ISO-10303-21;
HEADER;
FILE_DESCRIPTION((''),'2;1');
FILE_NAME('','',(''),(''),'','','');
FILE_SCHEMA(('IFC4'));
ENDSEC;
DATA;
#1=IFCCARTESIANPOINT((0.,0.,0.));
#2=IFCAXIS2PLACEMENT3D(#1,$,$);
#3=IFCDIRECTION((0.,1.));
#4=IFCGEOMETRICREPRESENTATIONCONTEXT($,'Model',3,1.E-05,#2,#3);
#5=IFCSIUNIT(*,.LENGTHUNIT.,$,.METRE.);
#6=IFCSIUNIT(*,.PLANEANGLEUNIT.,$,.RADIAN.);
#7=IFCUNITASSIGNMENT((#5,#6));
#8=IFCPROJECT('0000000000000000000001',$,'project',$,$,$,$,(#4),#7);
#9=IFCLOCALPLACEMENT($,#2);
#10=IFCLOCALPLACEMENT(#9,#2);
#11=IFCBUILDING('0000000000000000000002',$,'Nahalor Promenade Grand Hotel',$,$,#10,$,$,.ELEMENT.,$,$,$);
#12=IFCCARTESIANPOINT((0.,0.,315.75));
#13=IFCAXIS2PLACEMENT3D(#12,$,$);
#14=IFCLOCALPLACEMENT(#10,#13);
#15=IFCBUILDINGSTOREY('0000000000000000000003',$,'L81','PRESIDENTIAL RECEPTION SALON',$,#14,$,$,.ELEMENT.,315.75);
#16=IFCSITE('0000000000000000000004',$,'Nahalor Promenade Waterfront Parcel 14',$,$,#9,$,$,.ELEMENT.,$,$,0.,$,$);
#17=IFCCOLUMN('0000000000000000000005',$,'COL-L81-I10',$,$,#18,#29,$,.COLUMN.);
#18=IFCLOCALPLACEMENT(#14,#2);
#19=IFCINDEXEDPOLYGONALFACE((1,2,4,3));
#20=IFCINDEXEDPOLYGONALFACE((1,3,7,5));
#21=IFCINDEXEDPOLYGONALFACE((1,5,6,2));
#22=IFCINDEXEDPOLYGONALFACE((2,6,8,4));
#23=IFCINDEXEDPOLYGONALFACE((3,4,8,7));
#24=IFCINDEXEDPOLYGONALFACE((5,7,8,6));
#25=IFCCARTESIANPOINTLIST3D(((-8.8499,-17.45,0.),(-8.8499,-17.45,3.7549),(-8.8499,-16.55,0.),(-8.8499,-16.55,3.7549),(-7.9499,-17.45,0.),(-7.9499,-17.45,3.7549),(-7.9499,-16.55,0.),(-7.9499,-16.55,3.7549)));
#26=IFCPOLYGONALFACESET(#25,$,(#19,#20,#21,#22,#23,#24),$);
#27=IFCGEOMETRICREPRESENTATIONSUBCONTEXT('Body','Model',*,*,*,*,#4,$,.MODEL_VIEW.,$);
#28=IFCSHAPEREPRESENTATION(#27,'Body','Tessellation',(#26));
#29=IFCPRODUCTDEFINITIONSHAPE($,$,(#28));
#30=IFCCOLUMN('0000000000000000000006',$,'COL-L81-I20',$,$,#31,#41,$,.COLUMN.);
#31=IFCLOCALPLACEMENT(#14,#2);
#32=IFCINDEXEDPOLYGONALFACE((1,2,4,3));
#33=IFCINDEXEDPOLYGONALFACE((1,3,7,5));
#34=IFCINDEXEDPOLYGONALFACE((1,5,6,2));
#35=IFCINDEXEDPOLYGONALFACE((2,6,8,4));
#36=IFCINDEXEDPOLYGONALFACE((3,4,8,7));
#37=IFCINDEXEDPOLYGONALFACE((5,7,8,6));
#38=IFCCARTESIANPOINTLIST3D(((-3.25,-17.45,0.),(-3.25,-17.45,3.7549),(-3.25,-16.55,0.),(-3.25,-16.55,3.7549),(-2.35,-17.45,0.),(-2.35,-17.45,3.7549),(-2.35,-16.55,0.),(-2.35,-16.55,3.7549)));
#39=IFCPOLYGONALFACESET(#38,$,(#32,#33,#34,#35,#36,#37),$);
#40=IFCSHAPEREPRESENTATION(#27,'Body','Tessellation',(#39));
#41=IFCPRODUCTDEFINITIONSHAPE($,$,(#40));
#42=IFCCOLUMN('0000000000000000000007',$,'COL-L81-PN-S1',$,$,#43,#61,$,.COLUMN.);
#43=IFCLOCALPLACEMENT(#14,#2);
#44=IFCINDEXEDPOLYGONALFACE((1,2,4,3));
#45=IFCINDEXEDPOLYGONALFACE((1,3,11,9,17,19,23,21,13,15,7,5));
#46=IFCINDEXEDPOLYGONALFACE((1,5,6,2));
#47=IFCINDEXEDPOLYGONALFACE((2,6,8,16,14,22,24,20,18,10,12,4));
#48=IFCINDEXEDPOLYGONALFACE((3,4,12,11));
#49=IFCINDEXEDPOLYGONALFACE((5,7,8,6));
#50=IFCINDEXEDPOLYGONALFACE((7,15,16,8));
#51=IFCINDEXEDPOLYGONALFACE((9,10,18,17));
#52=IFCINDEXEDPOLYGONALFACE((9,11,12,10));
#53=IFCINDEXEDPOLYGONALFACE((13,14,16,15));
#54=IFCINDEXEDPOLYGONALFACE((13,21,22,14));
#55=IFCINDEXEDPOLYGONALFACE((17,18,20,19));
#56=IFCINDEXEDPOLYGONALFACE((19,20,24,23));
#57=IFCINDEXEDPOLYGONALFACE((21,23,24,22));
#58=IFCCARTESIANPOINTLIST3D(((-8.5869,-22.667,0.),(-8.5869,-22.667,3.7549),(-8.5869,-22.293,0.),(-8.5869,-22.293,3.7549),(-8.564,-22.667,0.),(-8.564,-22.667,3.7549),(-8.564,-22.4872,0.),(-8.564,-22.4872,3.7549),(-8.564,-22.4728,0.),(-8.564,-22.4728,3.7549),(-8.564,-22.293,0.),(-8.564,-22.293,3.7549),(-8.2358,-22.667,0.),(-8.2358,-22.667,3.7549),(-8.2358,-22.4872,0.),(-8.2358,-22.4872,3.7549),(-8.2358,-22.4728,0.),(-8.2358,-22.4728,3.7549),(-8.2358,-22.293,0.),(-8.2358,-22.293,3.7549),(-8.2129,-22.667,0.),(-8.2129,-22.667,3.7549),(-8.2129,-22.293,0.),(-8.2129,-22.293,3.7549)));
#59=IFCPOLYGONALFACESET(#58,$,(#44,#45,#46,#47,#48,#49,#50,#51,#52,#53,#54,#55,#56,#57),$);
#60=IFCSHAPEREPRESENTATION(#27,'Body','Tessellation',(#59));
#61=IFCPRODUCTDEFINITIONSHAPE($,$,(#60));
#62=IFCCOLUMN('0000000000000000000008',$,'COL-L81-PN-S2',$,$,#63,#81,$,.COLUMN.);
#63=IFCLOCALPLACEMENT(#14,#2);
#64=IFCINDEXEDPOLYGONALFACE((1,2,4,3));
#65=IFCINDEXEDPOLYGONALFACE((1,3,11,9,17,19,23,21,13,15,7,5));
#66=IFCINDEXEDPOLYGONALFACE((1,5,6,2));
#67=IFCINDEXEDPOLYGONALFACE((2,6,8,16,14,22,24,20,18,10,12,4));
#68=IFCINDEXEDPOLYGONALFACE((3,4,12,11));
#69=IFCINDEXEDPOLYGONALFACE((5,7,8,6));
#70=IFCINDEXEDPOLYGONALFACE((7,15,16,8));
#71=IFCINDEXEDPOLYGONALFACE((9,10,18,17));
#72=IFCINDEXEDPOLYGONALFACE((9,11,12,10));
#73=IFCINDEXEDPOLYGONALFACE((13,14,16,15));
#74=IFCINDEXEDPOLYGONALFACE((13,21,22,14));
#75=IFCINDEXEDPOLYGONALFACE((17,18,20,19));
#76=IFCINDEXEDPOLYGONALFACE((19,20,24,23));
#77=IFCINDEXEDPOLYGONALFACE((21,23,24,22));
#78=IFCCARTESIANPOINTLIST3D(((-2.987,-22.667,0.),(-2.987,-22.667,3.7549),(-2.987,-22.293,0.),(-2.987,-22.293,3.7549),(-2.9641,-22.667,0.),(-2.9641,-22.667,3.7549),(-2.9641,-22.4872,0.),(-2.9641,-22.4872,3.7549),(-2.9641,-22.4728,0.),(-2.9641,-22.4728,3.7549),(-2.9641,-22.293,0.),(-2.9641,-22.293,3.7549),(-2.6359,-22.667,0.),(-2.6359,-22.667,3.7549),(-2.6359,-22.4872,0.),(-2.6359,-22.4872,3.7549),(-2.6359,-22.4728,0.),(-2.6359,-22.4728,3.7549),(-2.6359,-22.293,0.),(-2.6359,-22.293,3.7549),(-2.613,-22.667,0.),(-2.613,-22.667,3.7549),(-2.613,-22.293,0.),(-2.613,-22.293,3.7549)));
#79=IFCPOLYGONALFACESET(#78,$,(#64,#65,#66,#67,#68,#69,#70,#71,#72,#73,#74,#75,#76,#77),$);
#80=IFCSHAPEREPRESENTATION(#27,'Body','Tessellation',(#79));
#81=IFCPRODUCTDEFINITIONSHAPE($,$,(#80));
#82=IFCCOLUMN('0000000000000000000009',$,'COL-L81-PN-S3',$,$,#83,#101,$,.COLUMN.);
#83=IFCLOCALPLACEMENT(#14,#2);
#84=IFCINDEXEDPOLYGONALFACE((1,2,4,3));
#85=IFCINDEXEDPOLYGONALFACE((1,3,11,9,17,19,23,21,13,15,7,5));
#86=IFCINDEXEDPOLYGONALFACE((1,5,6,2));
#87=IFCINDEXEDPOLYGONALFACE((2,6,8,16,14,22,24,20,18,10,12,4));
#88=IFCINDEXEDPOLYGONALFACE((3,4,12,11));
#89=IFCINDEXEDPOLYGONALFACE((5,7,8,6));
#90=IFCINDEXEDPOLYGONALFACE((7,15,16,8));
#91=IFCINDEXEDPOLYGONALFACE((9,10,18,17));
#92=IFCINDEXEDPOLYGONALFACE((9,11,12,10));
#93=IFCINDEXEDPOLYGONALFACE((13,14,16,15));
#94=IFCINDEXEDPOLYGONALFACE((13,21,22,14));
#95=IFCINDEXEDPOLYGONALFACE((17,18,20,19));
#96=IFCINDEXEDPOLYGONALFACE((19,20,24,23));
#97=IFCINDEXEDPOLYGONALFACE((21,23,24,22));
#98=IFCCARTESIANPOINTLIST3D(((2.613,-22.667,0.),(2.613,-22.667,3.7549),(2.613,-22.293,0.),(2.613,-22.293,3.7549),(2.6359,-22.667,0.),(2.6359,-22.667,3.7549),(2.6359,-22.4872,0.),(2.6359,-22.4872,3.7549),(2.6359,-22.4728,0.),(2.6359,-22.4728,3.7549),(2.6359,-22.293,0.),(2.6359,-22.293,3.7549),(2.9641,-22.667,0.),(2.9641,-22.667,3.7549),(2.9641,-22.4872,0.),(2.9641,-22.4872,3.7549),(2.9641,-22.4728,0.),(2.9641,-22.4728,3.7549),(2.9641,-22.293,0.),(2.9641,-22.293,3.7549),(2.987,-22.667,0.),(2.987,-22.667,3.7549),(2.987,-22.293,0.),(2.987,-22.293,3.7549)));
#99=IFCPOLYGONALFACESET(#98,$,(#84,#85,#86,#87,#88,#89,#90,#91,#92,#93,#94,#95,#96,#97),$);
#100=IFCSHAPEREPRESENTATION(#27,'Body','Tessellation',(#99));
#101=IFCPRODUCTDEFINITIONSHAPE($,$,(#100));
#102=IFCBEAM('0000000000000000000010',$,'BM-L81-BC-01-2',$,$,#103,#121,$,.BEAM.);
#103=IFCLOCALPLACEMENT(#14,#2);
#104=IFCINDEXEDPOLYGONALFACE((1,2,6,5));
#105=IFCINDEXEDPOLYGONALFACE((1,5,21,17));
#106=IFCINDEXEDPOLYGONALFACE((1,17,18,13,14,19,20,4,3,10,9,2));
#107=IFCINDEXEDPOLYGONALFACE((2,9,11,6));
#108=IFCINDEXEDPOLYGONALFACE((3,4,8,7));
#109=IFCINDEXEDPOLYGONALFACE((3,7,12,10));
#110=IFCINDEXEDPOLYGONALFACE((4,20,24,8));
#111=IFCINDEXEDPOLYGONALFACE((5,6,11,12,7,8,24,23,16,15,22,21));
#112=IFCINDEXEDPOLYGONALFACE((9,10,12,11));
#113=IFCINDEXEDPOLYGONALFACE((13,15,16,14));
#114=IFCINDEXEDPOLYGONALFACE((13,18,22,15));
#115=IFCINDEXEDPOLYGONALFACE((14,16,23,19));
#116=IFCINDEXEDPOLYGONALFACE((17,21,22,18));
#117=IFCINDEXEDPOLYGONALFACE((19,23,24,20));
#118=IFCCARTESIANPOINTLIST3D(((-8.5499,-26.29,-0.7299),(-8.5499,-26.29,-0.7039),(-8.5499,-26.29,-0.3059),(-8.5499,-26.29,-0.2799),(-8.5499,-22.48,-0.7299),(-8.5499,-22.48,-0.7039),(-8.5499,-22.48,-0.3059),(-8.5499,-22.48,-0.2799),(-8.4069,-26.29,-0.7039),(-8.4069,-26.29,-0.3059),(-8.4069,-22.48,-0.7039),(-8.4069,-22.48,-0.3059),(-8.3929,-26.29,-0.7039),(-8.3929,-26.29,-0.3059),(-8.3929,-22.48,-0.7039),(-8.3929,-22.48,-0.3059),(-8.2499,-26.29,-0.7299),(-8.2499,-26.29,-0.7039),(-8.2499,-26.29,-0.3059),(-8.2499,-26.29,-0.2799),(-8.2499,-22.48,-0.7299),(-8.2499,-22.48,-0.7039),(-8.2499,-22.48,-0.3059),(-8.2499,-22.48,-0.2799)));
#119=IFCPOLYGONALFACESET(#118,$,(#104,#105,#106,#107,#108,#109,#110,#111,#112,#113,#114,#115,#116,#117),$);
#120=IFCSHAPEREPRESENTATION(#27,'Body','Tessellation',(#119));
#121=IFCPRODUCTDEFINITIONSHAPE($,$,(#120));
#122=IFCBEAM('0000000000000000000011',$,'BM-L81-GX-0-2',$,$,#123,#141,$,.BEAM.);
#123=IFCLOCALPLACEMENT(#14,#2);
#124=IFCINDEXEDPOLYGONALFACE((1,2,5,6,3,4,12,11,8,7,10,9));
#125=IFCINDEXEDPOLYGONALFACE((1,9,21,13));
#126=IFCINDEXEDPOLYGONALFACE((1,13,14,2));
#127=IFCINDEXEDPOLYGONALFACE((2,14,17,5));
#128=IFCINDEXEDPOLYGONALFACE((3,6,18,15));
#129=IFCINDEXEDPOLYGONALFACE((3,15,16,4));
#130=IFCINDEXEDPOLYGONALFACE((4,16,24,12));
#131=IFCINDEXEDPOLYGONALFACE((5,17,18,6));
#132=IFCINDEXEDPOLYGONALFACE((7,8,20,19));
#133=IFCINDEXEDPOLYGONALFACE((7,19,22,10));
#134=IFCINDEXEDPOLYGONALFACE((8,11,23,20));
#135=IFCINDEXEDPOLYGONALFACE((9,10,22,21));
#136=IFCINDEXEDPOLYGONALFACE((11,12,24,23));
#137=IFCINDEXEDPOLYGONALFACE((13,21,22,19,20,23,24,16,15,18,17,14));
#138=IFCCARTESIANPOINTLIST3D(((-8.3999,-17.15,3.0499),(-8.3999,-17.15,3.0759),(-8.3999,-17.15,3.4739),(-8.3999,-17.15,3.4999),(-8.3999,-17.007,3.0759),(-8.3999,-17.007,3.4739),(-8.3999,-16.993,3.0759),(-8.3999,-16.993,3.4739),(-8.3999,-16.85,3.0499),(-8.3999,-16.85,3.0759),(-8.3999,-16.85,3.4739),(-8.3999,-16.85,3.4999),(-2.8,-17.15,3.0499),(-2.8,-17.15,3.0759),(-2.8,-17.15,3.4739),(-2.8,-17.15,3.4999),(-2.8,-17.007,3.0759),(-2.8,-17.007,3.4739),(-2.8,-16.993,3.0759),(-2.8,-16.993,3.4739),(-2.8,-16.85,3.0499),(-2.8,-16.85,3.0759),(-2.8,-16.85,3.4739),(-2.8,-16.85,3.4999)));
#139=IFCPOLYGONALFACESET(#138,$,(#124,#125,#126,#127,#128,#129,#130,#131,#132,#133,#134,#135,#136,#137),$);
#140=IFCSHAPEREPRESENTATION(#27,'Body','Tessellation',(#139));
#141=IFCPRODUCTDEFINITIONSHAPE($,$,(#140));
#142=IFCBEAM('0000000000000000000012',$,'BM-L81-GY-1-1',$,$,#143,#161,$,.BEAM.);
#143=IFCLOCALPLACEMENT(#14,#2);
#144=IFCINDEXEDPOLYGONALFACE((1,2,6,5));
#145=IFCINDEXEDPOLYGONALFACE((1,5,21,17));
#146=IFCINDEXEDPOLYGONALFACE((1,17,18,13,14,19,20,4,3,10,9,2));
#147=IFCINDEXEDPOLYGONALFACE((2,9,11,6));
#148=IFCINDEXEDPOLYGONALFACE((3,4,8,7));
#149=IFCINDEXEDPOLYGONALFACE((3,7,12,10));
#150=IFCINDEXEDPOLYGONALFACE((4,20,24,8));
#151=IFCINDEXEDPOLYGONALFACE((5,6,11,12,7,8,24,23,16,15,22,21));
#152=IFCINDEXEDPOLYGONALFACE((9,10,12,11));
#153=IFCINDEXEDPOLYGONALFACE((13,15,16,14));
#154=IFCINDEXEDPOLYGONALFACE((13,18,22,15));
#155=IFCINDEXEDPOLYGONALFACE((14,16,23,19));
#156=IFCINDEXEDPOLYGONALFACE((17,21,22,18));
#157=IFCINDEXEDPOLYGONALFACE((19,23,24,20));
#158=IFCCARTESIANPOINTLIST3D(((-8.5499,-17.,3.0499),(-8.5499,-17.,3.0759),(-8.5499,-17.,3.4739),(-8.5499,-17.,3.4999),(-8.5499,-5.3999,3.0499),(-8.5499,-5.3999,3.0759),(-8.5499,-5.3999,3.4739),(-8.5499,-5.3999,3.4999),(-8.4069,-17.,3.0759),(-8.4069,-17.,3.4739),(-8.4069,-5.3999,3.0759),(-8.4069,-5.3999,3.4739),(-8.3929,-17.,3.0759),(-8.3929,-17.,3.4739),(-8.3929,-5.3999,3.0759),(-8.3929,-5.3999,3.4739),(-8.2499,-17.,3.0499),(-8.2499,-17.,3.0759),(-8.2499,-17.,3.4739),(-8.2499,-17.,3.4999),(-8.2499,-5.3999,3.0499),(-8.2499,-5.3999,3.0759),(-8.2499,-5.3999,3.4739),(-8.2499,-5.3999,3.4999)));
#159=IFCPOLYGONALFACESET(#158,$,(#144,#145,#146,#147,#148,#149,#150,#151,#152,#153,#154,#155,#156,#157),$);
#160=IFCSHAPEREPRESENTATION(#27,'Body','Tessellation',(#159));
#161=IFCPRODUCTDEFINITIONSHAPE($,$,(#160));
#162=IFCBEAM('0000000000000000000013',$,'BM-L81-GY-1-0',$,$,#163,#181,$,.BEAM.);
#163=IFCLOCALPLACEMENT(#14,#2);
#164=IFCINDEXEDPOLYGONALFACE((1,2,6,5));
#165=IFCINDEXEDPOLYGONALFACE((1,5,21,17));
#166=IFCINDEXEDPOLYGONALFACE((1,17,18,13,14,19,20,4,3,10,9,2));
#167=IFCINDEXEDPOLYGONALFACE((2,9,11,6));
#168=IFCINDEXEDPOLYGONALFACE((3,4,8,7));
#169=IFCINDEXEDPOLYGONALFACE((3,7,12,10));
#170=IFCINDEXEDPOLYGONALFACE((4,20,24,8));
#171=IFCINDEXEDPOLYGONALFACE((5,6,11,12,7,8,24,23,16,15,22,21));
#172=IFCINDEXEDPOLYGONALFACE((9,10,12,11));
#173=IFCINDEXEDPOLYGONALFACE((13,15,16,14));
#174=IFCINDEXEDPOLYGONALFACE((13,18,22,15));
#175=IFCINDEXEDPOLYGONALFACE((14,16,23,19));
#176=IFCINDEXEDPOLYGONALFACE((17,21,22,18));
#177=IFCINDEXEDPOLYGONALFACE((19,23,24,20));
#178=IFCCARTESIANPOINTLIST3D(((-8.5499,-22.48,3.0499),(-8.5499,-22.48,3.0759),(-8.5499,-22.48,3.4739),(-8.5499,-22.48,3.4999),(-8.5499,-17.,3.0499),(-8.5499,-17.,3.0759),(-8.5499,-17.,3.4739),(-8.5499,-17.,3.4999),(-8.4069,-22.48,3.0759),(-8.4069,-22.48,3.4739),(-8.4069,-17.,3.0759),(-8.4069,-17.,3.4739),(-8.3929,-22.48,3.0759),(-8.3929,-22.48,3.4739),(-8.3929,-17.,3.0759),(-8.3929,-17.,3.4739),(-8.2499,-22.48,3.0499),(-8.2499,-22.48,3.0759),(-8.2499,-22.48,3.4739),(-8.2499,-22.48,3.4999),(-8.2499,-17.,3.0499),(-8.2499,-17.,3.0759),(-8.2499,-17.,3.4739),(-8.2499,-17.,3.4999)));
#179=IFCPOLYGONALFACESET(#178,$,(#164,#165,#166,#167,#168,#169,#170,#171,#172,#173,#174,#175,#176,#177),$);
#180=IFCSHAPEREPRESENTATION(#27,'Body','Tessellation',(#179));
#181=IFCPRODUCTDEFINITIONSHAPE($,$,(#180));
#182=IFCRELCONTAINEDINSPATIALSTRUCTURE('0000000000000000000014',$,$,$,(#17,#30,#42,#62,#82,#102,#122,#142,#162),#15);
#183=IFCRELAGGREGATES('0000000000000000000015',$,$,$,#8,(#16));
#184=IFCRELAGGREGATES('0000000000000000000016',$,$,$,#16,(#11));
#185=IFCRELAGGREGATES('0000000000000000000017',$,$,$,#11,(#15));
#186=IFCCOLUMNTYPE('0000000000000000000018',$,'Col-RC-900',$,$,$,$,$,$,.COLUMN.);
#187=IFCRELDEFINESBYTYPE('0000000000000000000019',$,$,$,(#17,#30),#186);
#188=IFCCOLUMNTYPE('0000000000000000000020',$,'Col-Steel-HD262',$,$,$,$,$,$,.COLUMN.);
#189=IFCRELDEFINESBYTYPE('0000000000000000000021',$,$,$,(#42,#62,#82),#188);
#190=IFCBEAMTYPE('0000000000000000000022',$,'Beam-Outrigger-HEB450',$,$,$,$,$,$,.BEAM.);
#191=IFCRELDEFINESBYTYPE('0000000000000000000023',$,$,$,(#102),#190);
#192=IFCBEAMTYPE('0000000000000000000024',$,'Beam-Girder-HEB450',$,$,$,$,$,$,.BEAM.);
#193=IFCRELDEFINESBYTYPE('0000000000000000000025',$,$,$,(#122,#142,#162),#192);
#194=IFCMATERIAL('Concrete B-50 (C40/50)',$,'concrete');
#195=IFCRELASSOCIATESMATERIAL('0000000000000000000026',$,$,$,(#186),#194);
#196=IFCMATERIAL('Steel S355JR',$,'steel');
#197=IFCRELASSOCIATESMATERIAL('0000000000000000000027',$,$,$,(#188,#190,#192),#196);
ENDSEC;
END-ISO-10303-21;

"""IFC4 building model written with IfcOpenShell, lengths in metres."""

from ifc_helpers import new_model, si_unit, direction, frame, origin, origin_2d, place, context, subcontext, project, spatial, rectangle, i_section, extrude, source, transform, mapped, material, material_profile, profile_set, type_object, element, save


model = new_model("IFC4")

# Units and contexts
model_context = context("Model", 3, precision=1e-05, world=origin(), true_north=direction((0.0, 1.0)))
body_context = subcontext(model_context, "Body", "Model", "MODEL_VIEW")
ifc_project = project(units=[si_unit("LENGTHUNIT", "METRE"), si_unit("PLANEANGLEUNIT", "RADIAN")], contexts=[model_context])

# Site, building, storey
site_placement = place(None, origin())
site = spatial("IfcSite", under=ifc_project, at=site_placement, Name="Nahalor Promenade Waterfront Parcel 14", CompositionType="ELEMENT", RefElevation=0.0)
building_placement = place(site_placement, origin())
building = spatial("IfcBuilding", under=site, at=building_placement, Name="Nahalor Promenade Grand Hotel", CompositionType="ELEMENT")
storey_placement = place(building_placement, frame((0.0, 0.0, 315.75)))
storey = spatial("IfcBuildingStorey", under=building, at=storey_placement, Name="L81", Description="PRESIDENTIAL RECEPTION SALON", CompositionType="ELEMENT", Elevation=315.75)

# Columns
ifc_material_1 = material(Name="Concrete B-50 (C40/50)", Category="concrete")
ifc_material_profile_1 = material_profile(ifc_material_1, rectangle(XDim=0.9, YDim=0.9, at=origin_2d()), Name="RC 900x900")
ifc_profile_set_1 = profile_set([ifc_material_profile_1], Name="Concrete B-50 (C40/50)")
column_type_1 = type_object("IfcColumnType", Name="Col-RC-900", PredefinedType="COLUMN", material=ifc_profile_set_1)
shared_shape_1 = source(origin(), body_context, "Body", "SweptSolid", [
    extrude(rectangle(XDim=0.9, YDim=0.9, at=origin_2d()), origin(), (0.0, 0.0, 1.0), 3.7549),
])
for number, where, z_axis, x_axis, name in (
    (1, (-8.3999, -17.0, 0.0), (0.0, 0.0, 1.0), (1.0, 0.0, 0.0), "COL-L81-I10"),
    (2, (-2.8, -17.0, 0.0), (0.0, 0.0, 1.0), (1.0, 0.0, 0.0), "COL-L81-I20"),
):
    element("IfcColumn", number, at=place(storey_placement, frame(where, z_axis=z_axis, x_axis=x_axis)), inside=storey, type_object=column_type_1, Name=name, PredefinedType="COLUMN", context=body_context, shape_type="MappedRepresentation", body=[
        mapped(shared_shape_1, transform((0.0, 0.0, 0.0), scale=1.0)),
    ])
ifc_material_2 = material(Name="Steel S355JR", Category="steel")
ifc_material_profile_2 = material_profile(ifc_material_2, i_section(OverallWidth=0.374, OverallDepth=0.374, WebThickness=0.0144, FlangeThickness=0.0229, at=origin_2d()), Name="HD 360x262")
ifc_profile_set_2 = profile_set([ifc_material_profile_2], Name="Steel S355JR")
column_type_2 = type_object("IfcColumnType", Name="Col-Steel-HD262", PredefinedType="COLUMN", material=ifc_profile_set_2)
shared_shape_2 = source(origin(), body_context, "Body", "SweptSolid", [
    extrude(i_section(OverallWidth=0.374, OverallDepth=0.374, WebThickness=0.0144, FlangeThickness=0.0229, at=origin_2d()), origin(), (0.0, 0.0, 1.0), 3.7549),
])
for number, where, z_axis, x_axis, name in (
    (3, (-8.3999, -22.48, 0.0), (0.0, 0.0, 1.0), (0.0, 1.0, 0.0), "COL-L81-PN-S1"),
    (4, (-2.8, -22.48, 0.0), (0.0, 0.0, 1.0), (0.0, 1.0, 0.0), "COL-L81-PN-S2"),
    (5, (2.8, -22.48, 0.0), (0.0, 0.0, 1.0), (0.0, 1.0, 0.0), "COL-L81-PN-S3"),
):
    element("IfcColumn", number, at=place(storey_placement, frame(where, z_axis=z_axis, x_axis=x_axis)), inside=storey, type_object=column_type_2, Name=name, PredefinedType="COLUMN", context=body_context, shape_type="MappedRepresentation", body=[
        mapped(shared_shape_2, transform((0.0, 0.0, 0.0), scale=1.0)),
    ])

# Beams
ifc_material_profile_3 = material_profile(ifc_material_2, i_section(OverallWidth=0.3, OverallDepth=0.45, WebThickness=0.014, FlangeThickness=0.026, at=origin_2d()), Name="HEB 450")
ifc_profile_set_3 = profile_set([ifc_material_profile_3], Name="Steel S355JR")
beam_type_1 = type_object("IfcBeamType", Name="Beam-Outrigger-HEB450", PredefinedType="BEAM", material=ifc_profile_set_3)
shared_shape_3 = source(origin(), body_context, "Body", "SweptSolid", [
    extrude(i_section(OverallWidth=0.3, OverallDepth=0.45, WebThickness=0.014, FlangeThickness=0.026, at=origin_2d()), origin(), (0.0, 0.0, 1.0), 3.8101),
])
beam_1_placement = place(storey_placement, frame((-8.3999, -26.29, -0.5049), z_axis=(0.0, 1.0, 0.0), x_axis=(-1.0, 0.0, 0.0)))
element("IfcBeam", 6, at=beam_1_placement, inside=storey, type_object=beam_type_1, Name="BM-L81-BC-01-2", PredefinedType="BEAM", context=body_context, shape_type="MappedRepresentation", body=[
    mapped(shared_shape_3, transform((0.0, 0.0, 0.0), scale=1.0)),
])
ifc_material_profile_4 = material_profile(ifc_material_2, i_section(OverallWidth=0.3, OverallDepth=0.45, WebThickness=0.014, FlangeThickness=0.026, at=origin_2d()), Name="HEB 450")
ifc_profile_set_4 = profile_set([ifc_material_profile_4], Name="Steel S355JR")
beam_type_2 = type_object("IfcBeamType", Name="Beam-Girder-HEB450", PredefinedType="BEAM", material=ifc_profile_set_4)
shared_shape_4 = source(origin(), body_context, "Body", "SweptSolid", [
    extrude(i_section(OverallWidth=0.3, OverallDepth=0.45, WebThickness=0.014, FlangeThickness=0.026, at=origin_2d()), origin(), (0.0, 0.0, 1.0), 5.5999),
])
beam_2_placement = place(storey_placement, frame((-8.3999, -17.0, 3.2749), z_axis=(1.0, 0.0, 0.0), x_axis=(0.0, 1.0, 0.0)))
element("IfcBeam", 7, at=beam_2_placement, inside=storey, type_object=beam_type_2, Name="BM-L81-GX-0-2", PredefinedType="BEAM", context=body_context, shape_type="MappedRepresentation", body=[
    mapped(shared_shape_4, transform((0.0, 0.0, 0.0), scale=1.0)),
])
shared_shape_5 = source(origin(), body_context, "Body", "SweptSolid", [
    extrude(i_section(OverallWidth=0.3, OverallDepth=0.45, WebThickness=0.014, FlangeThickness=0.026, at=origin_2d()), origin(), (0.0, 0.0, 1.0), 11.6001),
])
beam_3_placement = place(storey_placement, frame((-8.3999, -17.0, 3.2749), z_axis=(0.0, 1.0, 0.0), x_axis=(-1.0, 0.0, 0.0)))
element("IfcBeam", 8, at=beam_3_placement, inside=storey, type_object=beam_type_2, Name="BM-L81-GY-1-1", PredefinedType="BEAM", context=body_context, shape_type="MappedRepresentation", body=[
    mapped(shared_shape_5, transform((0.0, 0.0, 0.0), scale=1.0)),
])
shared_shape_6 = source(origin(), body_context, "Body", "SweptSolid", [
    extrude(i_section(OverallWidth=0.3, OverallDepth=0.45, WebThickness=0.014, FlangeThickness=0.026, at=origin_2d()), origin(), (0.0, 0.0, 1.0), 5.48),
])
for number, where, z_axis, x_axis, name in (
    (9, (-8.3999, -22.48, 3.2749), (0.0, 1.0, 0.0), (-1.0, 0.0, 0.0), "BM-L81-GY-1-0"),
):
    element("IfcBeam", number, at=place(storey_placement, frame(where, z_axis=z_axis, x_axis=x_axis)), inside=storey, type_object=beam_type_2, Name=name, PredefinedType="BEAM", context=body_context, shape_type="MappedRepresentation", body=[
        mapped(shared_shape_6, transform((0.0, 0.0, 0.0), scale=1.0)),
    ])

save(model, "model.ifc")
